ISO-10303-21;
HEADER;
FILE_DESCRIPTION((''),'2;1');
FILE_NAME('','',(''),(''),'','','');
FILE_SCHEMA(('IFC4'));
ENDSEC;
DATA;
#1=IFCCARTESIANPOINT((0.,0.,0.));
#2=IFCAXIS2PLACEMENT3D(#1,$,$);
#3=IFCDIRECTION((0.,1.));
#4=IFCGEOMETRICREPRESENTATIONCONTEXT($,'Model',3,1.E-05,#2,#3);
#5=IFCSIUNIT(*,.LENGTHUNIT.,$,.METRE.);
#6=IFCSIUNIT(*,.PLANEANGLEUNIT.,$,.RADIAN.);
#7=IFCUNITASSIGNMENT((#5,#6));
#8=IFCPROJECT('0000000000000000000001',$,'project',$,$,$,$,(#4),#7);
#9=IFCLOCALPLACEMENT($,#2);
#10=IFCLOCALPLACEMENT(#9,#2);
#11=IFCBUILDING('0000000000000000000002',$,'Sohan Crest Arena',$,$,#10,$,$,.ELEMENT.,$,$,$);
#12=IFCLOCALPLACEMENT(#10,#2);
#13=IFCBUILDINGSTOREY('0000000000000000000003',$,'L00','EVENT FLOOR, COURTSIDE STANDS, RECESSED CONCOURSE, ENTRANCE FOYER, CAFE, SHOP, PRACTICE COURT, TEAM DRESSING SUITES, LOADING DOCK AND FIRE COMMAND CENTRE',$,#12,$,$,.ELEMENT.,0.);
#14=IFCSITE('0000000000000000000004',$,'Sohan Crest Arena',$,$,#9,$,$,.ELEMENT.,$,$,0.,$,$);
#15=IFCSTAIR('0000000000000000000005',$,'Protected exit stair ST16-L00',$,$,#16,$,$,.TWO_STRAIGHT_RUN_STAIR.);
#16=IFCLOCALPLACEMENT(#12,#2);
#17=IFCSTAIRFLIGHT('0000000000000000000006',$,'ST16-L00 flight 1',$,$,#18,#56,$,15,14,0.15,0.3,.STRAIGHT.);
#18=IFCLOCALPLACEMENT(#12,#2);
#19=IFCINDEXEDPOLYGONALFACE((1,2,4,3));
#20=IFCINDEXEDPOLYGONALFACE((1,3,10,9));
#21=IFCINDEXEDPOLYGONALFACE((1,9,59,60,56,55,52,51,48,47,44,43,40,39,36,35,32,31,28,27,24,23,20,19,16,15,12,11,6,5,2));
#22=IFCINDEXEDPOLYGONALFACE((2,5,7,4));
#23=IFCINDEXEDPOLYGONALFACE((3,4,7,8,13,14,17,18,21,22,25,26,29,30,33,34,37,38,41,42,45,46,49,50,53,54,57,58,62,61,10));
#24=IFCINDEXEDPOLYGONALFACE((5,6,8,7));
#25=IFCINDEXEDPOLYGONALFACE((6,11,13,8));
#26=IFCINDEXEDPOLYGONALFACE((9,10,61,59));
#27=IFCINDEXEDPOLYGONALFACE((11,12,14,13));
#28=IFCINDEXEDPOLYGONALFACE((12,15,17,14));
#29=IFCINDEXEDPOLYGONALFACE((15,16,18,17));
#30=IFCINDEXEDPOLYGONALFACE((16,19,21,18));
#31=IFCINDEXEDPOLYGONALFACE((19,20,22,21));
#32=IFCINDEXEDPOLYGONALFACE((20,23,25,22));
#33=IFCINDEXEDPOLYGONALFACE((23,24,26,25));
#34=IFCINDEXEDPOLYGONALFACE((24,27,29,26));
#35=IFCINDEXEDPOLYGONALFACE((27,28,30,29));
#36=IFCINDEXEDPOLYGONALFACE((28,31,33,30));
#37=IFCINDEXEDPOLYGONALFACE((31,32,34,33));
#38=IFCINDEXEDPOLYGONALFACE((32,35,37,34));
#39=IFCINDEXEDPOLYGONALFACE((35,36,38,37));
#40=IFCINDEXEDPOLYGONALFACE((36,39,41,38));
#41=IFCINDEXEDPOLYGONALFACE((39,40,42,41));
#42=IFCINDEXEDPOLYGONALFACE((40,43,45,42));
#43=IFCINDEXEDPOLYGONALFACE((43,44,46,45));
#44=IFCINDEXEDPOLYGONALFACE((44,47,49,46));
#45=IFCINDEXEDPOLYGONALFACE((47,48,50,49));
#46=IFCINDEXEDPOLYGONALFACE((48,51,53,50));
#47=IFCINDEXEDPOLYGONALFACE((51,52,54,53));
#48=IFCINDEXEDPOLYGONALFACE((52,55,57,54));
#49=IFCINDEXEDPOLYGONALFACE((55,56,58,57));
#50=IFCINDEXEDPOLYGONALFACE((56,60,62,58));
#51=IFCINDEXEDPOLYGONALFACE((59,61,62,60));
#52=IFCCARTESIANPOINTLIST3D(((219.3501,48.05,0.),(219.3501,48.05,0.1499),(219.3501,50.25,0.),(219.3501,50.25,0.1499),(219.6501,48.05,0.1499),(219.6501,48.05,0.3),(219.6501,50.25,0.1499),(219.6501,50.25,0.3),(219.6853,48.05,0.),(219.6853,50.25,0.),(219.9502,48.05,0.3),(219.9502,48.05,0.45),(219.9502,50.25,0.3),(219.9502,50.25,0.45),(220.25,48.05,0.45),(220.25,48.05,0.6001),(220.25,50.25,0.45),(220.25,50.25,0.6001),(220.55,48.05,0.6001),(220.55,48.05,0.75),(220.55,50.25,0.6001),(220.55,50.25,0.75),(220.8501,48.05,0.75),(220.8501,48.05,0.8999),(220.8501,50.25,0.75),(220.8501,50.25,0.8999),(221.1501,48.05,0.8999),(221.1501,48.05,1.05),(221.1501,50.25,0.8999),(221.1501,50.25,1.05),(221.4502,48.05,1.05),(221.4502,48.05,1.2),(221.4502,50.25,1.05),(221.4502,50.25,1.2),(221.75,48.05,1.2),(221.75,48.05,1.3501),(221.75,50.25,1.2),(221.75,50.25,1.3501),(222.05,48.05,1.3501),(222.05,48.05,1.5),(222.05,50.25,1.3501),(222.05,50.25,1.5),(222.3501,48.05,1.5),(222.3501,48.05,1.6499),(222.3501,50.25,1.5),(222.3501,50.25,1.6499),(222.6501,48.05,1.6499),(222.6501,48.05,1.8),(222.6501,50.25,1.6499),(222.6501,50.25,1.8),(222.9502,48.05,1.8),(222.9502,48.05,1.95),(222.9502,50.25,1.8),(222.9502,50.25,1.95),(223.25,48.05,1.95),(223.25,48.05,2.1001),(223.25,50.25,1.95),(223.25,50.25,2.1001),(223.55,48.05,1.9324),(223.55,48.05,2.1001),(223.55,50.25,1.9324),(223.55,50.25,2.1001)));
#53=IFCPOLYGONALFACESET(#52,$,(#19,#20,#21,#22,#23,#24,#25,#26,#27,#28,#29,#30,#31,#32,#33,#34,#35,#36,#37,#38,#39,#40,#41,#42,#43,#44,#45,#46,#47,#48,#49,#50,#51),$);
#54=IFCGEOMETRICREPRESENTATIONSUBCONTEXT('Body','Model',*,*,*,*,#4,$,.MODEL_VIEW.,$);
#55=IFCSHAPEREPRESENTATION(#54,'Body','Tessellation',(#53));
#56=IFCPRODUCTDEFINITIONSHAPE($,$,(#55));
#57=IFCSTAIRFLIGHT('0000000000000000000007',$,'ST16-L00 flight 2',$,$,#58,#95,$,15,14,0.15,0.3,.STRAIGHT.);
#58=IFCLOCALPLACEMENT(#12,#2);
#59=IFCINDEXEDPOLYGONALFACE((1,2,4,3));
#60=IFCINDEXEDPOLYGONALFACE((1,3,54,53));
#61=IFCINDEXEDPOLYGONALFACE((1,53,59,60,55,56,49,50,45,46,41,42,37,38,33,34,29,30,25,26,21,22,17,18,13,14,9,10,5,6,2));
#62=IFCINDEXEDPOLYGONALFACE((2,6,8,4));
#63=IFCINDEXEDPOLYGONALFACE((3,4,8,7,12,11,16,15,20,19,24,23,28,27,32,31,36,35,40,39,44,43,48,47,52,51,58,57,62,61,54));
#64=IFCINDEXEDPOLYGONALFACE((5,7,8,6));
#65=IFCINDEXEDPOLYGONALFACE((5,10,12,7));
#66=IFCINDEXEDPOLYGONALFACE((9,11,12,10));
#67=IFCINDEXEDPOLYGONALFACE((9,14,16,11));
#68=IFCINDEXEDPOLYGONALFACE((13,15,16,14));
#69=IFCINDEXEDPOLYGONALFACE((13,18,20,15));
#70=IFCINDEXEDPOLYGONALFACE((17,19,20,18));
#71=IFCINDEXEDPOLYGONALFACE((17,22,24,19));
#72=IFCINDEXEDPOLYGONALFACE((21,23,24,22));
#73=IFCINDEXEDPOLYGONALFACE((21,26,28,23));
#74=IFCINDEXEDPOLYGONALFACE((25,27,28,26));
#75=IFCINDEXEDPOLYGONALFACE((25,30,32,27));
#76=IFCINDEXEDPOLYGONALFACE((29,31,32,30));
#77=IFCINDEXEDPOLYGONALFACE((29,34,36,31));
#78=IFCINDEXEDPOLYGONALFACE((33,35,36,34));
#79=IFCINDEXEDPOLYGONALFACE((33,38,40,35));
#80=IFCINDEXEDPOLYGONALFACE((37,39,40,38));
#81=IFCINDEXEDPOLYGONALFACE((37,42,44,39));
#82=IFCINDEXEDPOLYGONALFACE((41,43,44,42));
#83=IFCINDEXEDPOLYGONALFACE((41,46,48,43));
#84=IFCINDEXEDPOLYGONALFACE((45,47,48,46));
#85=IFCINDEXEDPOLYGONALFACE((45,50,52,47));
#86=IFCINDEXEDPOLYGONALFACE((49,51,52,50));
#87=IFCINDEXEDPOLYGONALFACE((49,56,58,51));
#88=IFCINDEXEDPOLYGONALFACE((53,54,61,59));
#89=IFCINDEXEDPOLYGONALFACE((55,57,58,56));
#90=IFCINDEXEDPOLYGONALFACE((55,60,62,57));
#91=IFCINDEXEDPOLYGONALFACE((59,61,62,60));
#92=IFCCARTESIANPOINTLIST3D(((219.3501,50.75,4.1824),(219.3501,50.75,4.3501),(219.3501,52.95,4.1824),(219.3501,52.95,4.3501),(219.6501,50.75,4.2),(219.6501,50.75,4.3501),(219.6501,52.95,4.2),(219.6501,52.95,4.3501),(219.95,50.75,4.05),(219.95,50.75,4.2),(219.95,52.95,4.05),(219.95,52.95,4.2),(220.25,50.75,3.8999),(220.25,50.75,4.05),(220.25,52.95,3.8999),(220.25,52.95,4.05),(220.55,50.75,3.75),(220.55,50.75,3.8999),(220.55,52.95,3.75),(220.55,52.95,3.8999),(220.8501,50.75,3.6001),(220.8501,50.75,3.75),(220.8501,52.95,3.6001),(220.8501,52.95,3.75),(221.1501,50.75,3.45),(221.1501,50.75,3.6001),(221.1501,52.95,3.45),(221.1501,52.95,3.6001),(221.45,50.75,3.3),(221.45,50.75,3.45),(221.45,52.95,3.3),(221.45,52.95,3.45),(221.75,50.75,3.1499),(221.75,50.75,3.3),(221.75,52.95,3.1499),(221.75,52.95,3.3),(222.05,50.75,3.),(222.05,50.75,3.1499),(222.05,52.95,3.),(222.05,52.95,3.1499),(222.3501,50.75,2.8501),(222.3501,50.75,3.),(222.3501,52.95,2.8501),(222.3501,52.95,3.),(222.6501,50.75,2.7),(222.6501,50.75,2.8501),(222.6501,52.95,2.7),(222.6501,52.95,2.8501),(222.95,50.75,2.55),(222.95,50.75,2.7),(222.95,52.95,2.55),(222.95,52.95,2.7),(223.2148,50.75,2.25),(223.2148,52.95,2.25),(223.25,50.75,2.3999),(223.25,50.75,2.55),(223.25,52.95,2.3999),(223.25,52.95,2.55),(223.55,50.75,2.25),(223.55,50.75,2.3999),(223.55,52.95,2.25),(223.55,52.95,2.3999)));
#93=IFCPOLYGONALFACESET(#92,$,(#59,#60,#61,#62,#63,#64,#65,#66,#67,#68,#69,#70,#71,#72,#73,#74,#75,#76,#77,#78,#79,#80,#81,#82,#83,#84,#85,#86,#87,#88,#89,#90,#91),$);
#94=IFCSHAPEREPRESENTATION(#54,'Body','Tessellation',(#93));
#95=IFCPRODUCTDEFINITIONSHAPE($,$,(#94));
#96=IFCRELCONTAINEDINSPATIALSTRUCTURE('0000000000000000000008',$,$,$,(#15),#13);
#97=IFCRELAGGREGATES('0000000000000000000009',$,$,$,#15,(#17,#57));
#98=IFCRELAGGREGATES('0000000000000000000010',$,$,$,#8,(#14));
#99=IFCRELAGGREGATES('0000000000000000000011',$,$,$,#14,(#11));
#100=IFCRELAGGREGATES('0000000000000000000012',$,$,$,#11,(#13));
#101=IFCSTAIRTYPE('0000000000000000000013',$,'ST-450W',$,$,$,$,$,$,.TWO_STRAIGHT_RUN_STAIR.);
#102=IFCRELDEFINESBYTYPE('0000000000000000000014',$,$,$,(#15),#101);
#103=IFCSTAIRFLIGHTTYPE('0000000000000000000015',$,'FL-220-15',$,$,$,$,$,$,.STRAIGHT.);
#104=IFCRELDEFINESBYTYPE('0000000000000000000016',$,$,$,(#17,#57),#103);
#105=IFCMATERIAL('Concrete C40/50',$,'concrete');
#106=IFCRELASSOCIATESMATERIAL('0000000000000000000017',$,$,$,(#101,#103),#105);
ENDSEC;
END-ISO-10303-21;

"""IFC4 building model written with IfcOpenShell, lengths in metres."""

from ifc_helpers import new_model, si_unit, direction, frame, origin, place, context, subcontext, project, spatial, polyline, outline, extrude, material, type_object, element, aggregate, save


model = new_model("IFC4")

# Units and contexts
model_context = context("Model", 3, precision=1e-05, world=origin(), true_north=direction((0.0, 1.0)))
body_context = subcontext(model_context, "Body", "Model", "MODEL_VIEW")
ifc_project = project(units=[si_unit("LENGTHUNIT", "METRE"), si_unit("PLANEANGLEUNIT", "RADIAN")], contexts=[model_context])

# Site, building, storey
site_placement = place(None, origin())
site = spatial("IfcSite", under=ifc_project, at=site_placement, Name="Sohan Crest Arena", CompositionType="ELEMENT", RefElevation=0.0)
building_placement = place(site_placement, origin())
building = spatial("IfcBuilding", under=site, at=building_placement, Name="Sohan Crest Arena", CompositionType="ELEMENT")
storey_placement = place(building_placement, origin())
storey = spatial("IfcBuildingStorey", under=building, at=storey_placement, Name="L00", Description="EVENT FLOOR, COURTSIDE STANDS, RECESSED CONCOURSE, ENTRANCE FOYER, CAFE, SHOP, PRACTICE COURT, TEAM DRESSING SUITES, LOADING DOCK AND FIRE COMMAND CENTRE", CompositionType="ELEMENT", Elevation=0.0)

# Shared definitions
ifc_material_1 = material(Name="Concrete C40/50", Category="concrete")

# Stair, stair flights
stair_type = type_object("IfcStairType", Name="ST-450W", PredefinedType="TWO_STRAIGHT_RUN_STAIR", material=ifc_material_1)
stair_placement = place(storey_placement, origin())
stair = element("IfcStair", 1, at=stair_placement, inside=storey, type_object=stair_type, Name="Protected exit stair ST16-L00", PredefinedType="TWO_STRAIGHT_RUN_STAIR")
stair_flight_type = type_object("IfcStairFlightType", Name="FL-220-15", PredefinedType="STRAIGHT", material=ifc_material_1)
stair_flight_1_placement = place(storey_placement, frame((219.3501, 49.1499, 0.0), z_axis=(0.0, 0.0, 1.0), x_axis=(1.0, 0.0, 0.0)))
stair_flight_1 = element("IfcStairFlight", 2, at=stair_flight_1_placement, type_object=stair_flight_type, Name="ST16-L00 flight 1", NumberOfRisers=15, NumberOfTreads=14, PredefinedType="STRAIGHT", RiserHeight=0.15, TreadLength=0.3, context=body_context, shape_type="SweptSolid", body=[
    extrude(outline(polyline([(0.0, 0.0), (0.0, 0.1499), (0.3, 0.1499), (0.3, 0.3), (0.6001, 0.3), (0.6001, 0.45), (0.8999, 0.45), (0.8999, 0.6001), (1.2, 0.6001), (1.2, 0.75), (1.5, 0.75), (1.5, 0.8999), (1.8, 0.8999), (1.8, 1.05), (2.1001, 1.05), (2.1001, 1.2), (2.3999, 1.2), (2.3999, 1.3501), (2.7, 1.3501), (2.7, 1.5), (3.0, 1.5), (3.0, 1.6499), (3.3, 1.6499), (3.3, 1.8), (3.6001, 1.8), (3.6001, 1.95), (3.8999, 1.95), (3.8999, 2.1001), (4.2, 2.1001), (4.2, 2.25), (4.2, 1.9324), (0.3352, 0.0), (0.0, 0.0)])), frame((0.0, 1.1001, 0.0), z_axis=(0.0, -1.0, 0.0), x_axis=(1.0, 0.0, 0.0)), (0.0, 0.0, 1.0), 2.2),
])
stair_flight_2_placement = place(storey_placement, frame((223.55, 51.8501, 2.25), z_axis=(0.0, 0.0, 1.0), x_axis=(-1.0, 0.0, 0.0)))
stair_flight_2 = element("IfcStairFlight", 3, at=stair_flight_2_placement, type_object=stair_flight_type, Name="ST16-L00 flight 2", NumberOfRisers=15, NumberOfTreads=14, PredefinedType="STRAIGHT", RiserHeight=0.15, TreadLength=0.3, context=body_context, shape_type="SweptSolid", body=[
    extrude(outline(polyline([(0.0, 0.0), (0.0, 0.1499), (0.3, 0.1499), (0.3, 0.3), (0.6001, 0.3), (0.6001, 0.45), (0.8999, 0.45), (0.8999, 0.6001), (1.2, 0.6001), (1.2, 0.75), (1.5, 0.75), (1.5, 0.8999), (1.8, 0.8999), (1.8, 1.05), (2.1001, 1.05), (2.1001, 1.2), (2.3999, 1.2), (2.3999, 1.3501), (2.7, 1.3501), (2.7, 1.5), (3.0, 1.5), (3.0, 1.6499), (3.3, 1.6499), (3.3, 1.8), (3.6001, 1.8), (3.6001, 1.95), (3.8999, 1.95), (3.8999, 2.1001), (4.2, 2.1001), (4.2, 2.25), (4.2, 1.9324), (0.3352, 0.0), (0.0, 0.0)])), frame((0.0, 1.1001, 0.0), z_axis=(0.0, -1.0, 0.0), x_axis=(1.0, 0.0, 0.0)), (0.0, 0.0, 1.0), 2.2),
])
aggregate(stair, [stair_flight_1, stair_flight_2])

save(model, "model.ifc")
